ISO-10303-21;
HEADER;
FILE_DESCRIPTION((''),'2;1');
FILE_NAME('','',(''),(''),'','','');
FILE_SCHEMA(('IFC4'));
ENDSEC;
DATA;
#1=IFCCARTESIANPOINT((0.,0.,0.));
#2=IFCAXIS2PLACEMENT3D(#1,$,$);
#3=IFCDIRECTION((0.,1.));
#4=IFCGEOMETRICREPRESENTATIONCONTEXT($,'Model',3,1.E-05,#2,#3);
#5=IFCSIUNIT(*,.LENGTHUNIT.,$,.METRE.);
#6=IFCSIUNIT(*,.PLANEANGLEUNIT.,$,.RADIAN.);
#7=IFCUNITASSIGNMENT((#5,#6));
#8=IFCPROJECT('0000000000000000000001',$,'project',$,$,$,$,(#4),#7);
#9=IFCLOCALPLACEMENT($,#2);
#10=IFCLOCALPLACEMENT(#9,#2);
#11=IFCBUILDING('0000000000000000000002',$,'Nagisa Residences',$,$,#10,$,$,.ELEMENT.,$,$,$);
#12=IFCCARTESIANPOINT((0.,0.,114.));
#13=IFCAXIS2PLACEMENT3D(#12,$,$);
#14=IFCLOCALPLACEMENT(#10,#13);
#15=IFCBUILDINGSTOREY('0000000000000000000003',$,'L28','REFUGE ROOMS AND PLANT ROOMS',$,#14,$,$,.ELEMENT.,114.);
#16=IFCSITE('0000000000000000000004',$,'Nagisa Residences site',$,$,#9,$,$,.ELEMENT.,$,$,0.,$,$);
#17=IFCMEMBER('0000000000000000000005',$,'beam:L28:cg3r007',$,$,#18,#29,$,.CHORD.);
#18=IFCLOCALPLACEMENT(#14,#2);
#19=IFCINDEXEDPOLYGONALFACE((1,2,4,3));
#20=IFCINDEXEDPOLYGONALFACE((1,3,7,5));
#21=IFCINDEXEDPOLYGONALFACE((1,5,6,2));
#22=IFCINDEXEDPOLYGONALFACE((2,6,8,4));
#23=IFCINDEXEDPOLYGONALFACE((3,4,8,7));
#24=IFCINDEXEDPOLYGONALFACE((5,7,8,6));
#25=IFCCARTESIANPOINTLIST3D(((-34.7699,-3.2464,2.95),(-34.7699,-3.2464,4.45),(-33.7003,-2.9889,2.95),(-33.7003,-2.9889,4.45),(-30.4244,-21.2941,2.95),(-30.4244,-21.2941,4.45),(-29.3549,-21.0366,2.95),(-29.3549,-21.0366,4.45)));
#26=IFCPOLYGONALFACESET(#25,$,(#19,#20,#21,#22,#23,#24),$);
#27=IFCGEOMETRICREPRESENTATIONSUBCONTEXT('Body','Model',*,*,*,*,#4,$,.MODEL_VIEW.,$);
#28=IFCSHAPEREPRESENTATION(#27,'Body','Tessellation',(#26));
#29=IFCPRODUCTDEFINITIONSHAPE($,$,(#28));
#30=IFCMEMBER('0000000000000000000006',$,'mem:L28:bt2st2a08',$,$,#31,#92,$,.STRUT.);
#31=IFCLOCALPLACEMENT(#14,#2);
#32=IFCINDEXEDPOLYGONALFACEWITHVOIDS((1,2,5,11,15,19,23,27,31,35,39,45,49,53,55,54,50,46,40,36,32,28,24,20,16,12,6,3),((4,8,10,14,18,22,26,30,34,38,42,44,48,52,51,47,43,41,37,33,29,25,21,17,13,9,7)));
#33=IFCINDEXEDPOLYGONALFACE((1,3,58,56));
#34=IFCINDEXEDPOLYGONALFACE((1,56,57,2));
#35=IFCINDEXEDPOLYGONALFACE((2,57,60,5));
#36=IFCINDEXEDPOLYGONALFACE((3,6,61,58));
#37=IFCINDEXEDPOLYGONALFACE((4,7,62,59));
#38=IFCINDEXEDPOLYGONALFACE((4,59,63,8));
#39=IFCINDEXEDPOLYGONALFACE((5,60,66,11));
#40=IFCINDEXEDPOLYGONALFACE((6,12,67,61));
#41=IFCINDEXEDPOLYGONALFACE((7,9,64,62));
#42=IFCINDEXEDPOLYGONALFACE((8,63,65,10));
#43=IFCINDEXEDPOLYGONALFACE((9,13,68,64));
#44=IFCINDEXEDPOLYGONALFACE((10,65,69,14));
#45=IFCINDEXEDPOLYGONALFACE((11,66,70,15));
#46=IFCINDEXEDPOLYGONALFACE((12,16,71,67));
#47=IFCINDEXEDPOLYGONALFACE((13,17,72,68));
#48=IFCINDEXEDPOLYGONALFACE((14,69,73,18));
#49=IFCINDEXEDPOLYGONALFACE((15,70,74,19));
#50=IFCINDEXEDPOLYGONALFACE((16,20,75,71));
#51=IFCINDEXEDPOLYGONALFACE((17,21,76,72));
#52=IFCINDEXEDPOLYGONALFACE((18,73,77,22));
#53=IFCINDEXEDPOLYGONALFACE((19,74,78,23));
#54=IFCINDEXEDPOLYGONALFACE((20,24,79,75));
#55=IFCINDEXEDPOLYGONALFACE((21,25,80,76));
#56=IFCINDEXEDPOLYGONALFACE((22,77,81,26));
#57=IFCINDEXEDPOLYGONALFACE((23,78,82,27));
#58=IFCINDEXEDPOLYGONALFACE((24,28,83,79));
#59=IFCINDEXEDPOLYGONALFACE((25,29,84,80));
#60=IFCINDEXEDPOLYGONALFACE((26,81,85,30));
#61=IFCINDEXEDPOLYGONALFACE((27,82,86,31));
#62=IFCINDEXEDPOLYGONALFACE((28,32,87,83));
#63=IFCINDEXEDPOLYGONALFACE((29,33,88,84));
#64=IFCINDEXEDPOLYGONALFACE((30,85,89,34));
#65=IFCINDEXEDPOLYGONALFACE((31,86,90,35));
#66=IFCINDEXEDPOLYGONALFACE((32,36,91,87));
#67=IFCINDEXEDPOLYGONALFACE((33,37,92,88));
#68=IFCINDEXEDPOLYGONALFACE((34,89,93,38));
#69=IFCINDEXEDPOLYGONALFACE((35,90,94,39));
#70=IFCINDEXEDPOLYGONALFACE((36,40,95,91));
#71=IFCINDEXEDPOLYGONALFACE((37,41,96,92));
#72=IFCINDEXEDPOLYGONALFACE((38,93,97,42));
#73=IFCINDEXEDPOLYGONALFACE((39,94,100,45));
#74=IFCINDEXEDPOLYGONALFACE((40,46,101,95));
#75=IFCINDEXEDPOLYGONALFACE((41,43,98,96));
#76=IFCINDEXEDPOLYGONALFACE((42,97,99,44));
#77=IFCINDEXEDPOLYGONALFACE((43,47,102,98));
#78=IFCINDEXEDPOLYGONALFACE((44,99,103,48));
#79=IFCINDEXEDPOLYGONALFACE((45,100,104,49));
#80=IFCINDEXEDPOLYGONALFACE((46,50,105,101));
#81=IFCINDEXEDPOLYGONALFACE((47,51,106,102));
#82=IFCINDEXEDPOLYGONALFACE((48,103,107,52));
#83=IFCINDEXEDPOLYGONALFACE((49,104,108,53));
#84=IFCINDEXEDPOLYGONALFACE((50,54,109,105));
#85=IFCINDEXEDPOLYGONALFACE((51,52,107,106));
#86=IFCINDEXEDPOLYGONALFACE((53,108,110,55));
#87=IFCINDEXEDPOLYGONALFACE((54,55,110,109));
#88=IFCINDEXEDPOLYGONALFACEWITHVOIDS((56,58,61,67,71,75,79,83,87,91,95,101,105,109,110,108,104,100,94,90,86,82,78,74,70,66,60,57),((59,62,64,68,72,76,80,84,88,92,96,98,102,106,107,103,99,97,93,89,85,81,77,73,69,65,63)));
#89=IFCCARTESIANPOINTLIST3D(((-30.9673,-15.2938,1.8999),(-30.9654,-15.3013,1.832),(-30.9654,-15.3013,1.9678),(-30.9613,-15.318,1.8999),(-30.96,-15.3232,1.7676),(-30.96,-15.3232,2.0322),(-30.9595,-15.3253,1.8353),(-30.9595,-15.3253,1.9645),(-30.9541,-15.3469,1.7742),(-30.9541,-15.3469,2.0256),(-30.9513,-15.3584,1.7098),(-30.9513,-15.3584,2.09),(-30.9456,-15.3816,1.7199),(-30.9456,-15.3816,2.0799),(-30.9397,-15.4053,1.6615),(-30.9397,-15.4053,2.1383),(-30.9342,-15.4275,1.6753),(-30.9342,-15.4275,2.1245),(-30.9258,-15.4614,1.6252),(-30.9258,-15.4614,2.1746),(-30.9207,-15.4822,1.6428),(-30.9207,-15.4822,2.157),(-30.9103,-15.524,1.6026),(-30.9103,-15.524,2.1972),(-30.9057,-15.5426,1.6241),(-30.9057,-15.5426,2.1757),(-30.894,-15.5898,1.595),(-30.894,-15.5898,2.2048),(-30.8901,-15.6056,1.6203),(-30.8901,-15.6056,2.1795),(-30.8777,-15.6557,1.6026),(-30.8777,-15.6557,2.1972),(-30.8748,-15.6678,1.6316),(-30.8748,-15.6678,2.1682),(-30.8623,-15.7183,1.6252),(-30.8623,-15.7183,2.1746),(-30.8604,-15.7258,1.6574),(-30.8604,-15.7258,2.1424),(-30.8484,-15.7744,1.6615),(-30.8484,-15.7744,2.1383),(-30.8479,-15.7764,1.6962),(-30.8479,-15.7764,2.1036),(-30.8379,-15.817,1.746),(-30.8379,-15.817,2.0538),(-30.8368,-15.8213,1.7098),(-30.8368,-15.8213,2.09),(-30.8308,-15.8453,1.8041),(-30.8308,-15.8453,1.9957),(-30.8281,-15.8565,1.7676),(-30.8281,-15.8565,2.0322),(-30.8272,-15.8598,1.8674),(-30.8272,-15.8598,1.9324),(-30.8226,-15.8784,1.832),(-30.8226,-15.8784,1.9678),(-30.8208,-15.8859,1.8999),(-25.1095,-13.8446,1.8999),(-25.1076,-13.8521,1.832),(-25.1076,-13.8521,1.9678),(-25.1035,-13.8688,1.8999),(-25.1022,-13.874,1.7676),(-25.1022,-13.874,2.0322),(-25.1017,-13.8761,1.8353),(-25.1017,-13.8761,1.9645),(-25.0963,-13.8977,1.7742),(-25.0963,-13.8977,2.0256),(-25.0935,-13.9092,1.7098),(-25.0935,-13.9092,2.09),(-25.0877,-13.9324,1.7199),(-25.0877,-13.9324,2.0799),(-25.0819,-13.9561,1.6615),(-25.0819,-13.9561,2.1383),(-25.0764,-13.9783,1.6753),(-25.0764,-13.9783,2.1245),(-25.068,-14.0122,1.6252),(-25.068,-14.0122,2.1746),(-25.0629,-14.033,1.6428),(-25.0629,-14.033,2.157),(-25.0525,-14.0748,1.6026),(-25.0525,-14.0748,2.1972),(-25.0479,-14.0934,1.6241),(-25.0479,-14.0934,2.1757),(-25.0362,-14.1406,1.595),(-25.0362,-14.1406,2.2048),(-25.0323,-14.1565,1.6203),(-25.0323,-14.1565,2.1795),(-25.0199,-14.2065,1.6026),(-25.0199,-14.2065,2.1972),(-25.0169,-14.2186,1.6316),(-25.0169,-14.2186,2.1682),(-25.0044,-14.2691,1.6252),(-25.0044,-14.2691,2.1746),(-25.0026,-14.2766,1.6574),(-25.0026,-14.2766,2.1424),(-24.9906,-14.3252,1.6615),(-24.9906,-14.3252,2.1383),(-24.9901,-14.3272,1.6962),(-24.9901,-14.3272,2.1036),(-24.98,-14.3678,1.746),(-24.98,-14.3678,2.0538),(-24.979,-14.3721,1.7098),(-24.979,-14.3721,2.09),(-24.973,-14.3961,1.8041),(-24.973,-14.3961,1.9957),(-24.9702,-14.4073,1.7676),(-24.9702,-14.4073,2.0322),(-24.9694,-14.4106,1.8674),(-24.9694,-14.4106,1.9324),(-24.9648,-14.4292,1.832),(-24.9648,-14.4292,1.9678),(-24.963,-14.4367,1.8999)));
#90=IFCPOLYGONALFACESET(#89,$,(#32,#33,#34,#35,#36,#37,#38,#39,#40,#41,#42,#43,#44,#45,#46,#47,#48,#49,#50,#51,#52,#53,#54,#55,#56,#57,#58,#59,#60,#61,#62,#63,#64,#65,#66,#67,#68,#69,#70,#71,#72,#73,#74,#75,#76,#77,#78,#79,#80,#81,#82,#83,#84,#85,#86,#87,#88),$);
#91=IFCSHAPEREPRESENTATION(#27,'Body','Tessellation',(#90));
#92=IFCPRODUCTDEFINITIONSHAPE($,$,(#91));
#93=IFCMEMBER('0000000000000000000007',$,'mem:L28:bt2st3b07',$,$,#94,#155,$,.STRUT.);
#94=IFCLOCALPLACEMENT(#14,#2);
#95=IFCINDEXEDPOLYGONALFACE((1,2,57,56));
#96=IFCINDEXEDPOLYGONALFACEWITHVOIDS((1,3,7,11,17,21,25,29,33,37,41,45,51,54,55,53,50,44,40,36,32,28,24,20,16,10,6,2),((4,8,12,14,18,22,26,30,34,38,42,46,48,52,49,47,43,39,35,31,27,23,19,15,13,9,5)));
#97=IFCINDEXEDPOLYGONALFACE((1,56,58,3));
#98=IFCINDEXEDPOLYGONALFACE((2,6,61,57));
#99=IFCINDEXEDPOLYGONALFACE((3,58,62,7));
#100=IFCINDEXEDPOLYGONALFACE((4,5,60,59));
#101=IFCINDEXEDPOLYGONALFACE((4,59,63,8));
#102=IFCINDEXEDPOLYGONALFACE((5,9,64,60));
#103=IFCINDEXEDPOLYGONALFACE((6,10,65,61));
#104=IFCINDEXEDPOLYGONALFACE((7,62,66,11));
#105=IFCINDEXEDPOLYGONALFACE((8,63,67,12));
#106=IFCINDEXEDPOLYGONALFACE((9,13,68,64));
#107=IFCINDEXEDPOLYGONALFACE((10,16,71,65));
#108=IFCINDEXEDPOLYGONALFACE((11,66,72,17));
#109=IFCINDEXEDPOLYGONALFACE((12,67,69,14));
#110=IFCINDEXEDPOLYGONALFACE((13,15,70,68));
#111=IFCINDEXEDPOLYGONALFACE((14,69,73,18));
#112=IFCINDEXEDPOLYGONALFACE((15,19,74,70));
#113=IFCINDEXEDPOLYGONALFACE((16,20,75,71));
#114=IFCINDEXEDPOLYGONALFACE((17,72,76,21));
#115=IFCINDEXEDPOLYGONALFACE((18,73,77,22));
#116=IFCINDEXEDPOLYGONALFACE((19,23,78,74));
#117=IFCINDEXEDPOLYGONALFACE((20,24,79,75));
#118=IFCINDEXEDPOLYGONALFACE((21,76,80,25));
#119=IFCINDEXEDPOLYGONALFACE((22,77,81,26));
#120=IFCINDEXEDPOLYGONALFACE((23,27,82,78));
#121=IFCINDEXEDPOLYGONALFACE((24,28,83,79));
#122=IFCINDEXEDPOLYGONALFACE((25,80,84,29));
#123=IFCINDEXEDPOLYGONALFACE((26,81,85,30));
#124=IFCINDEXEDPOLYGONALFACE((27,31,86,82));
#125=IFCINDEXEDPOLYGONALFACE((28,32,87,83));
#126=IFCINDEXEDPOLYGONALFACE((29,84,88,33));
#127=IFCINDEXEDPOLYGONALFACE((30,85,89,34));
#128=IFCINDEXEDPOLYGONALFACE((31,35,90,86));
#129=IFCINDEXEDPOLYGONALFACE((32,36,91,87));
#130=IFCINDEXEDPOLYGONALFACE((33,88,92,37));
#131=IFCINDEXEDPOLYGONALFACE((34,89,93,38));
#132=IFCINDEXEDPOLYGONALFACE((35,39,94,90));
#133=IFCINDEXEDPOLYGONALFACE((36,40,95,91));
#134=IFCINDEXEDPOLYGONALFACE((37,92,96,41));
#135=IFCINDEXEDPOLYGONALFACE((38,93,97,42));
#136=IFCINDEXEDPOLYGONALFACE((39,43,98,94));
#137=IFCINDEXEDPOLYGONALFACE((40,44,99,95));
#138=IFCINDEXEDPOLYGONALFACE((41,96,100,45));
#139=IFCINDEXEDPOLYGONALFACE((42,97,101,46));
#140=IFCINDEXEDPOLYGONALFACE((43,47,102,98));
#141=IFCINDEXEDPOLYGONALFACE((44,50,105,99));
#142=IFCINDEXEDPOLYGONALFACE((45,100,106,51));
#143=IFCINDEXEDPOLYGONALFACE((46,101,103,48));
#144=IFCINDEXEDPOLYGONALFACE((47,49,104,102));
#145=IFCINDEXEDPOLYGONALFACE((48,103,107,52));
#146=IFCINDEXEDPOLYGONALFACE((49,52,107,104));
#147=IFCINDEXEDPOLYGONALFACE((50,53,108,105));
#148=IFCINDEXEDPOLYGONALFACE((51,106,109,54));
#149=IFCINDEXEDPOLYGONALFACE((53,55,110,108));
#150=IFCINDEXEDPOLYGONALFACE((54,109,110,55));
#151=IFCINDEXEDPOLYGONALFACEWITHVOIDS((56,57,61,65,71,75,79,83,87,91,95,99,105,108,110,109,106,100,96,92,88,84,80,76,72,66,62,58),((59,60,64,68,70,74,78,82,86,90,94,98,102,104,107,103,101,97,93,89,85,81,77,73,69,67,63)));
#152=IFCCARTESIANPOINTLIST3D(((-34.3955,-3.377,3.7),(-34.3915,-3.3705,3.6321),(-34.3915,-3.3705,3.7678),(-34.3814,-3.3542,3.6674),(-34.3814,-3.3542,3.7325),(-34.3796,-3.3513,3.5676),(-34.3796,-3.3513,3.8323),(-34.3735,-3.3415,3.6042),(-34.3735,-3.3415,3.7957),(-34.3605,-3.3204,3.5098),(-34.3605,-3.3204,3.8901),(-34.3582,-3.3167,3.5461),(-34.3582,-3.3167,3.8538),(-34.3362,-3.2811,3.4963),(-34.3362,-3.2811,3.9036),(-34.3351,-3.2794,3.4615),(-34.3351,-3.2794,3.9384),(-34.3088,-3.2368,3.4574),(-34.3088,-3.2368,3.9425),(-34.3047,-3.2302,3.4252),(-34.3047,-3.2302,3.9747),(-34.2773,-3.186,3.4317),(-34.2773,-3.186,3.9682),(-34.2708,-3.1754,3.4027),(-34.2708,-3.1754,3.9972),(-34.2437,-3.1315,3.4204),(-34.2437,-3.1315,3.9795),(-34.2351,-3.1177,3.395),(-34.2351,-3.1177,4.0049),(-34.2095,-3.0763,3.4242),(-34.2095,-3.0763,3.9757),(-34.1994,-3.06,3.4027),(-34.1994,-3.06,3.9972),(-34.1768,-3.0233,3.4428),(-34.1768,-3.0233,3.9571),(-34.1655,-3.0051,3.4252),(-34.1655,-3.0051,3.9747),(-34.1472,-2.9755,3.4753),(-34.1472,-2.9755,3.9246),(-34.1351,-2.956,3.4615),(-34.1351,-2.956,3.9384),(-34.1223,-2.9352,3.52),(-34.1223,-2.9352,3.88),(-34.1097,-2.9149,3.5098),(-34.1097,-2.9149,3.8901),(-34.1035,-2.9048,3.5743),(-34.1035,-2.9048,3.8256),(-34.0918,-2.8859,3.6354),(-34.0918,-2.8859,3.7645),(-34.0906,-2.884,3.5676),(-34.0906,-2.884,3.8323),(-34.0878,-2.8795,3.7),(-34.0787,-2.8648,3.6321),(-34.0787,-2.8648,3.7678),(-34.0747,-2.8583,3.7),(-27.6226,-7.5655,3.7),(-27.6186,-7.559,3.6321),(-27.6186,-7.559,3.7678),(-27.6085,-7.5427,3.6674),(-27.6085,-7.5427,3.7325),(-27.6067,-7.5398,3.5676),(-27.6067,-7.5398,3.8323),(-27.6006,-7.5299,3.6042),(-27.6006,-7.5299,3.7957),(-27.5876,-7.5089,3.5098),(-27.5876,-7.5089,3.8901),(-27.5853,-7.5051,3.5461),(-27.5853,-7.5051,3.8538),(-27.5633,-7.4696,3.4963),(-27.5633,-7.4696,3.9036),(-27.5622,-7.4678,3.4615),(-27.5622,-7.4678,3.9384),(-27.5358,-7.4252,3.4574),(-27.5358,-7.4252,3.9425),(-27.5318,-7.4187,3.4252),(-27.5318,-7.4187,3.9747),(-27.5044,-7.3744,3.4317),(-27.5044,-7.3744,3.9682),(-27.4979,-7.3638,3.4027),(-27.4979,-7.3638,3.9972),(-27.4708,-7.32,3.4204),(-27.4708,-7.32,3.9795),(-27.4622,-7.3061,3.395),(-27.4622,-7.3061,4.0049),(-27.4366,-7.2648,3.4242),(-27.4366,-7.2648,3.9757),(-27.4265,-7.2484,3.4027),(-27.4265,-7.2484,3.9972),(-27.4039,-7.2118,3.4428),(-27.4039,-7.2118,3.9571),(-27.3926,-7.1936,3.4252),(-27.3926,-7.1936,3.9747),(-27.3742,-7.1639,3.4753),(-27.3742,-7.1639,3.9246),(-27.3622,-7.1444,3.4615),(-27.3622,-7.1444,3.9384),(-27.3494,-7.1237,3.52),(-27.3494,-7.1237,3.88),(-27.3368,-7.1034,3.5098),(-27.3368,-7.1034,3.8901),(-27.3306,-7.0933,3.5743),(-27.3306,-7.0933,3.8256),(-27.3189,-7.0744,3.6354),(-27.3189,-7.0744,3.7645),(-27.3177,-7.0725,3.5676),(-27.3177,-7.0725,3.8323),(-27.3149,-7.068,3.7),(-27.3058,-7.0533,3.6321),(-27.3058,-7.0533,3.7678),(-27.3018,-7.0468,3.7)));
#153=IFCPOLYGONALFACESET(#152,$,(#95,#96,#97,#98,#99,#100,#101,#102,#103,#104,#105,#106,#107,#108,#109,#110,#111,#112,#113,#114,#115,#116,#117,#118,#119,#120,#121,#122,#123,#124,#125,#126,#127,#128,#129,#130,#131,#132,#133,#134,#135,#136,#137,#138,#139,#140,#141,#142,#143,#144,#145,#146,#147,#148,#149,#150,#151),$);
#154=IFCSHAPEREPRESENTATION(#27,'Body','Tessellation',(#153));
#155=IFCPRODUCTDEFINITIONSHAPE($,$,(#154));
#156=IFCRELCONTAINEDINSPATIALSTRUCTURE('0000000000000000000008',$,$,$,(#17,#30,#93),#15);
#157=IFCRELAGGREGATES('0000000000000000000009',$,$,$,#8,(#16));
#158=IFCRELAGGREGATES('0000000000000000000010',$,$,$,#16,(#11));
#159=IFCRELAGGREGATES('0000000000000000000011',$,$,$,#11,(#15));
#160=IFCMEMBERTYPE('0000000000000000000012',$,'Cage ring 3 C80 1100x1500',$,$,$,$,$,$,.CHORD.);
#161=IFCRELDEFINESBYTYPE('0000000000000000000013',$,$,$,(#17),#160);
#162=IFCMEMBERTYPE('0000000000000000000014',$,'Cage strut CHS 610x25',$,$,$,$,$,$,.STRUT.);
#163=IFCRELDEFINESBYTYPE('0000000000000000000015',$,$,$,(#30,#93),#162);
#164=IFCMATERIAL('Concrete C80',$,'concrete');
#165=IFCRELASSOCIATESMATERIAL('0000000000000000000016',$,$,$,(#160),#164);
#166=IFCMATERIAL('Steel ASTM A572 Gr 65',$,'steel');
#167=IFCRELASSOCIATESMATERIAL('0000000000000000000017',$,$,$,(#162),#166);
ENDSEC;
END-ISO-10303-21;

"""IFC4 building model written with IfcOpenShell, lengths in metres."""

from ifc_helpers import new_model, si_unit, direction, frame, origin, origin_2d, place, context, subcontext, project, spatial, rectangle, hollow_circle, extrude, material, material_profile, profile_set, type_object, element, save


model = new_model("IFC4")

# Units and contexts
model_context = context("Model", 3, precision=1e-05, world=origin(), true_north=direction((0.0, 1.0)))
body_context = subcontext(model_context, "Body", "Model", "MODEL_VIEW")
ifc_project = project(units=[si_unit("LENGTHUNIT", "METRE"), si_unit("PLANEANGLEUNIT", "RADIAN")], contexts=[model_context])

# Site, building, storey
site_placement = place(None, origin())
site = spatial("IfcSite", under=ifc_project, at=site_placement, Name="Nagisa Residences site", CompositionType="ELEMENT", RefElevation=0.0)
building_placement = place(site_placement, origin())
building = spatial("IfcBuilding", under=site, at=building_placement, Name="Nagisa Residences", CompositionType="ELEMENT")
storey_placement = place(building_placement, frame((0.0, 0.0, 114.0)))
storey = spatial("IfcBuildingStorey", under=building, at=storey_placement, Name="L28", Description="REFUGE ROOMS AND PLANT ROOMS", CompositionType="ELEMENT", Elevation=114.0)

# Members
ifc_material_1 = material(Name="Concrete C80", Category="concrete")
ifc_material_profile_1 = material_profile(ifc_material_1, rectangle(XDim=1.1001, YDim=1.5, at=origin_2d()), Name="C80 1100x1500")
ifc_profile_set_1 = profile_set([ifc_material_profile_1], Name="Concrete C80")
member_type_1 = type_object("IfcMemberType", Name="Cage ring 3 C80 1100x1500", PredefinedType="CHORD", material=ifc_profile_set_1)
member_1_placement = place(storey_placement, frame((-34.2351, -3.1177, 3.7), z_axis=(0.234088, -0.972215, 0.0), x_axis=(0.972215, 0.234088, 0.0)))
element("IfcMember", 1, at=member_1_placement, inside=storey, type_object=member_type_1, Name="beam:L28:cg3r007", PredefinedType="CHORD", context=body_context, shape_type="SweptSolid", body=[
    extrude(rectangle(XDim=1.1001, YDim=1.5, at=origin_2d()), origin(), (0.0, 0.0, 1.0), 18.5635),
])
ifc_material_2 = material(Name="Steel ASTM A572 Gr 65", Category="steel")
ifc_material_profile_2 = material_profile(ifc_material_2, hollow_circle(Radius=0.3049, WallThickness=0.0249, at=origin_2d()), Name="CHS 610x25")
ifc_profile_set_2 = profile_set([ifc_material_profile_2], Name="Steel ASTM A572 Gr 65")
member_type_2 = type_object("IfcMemberType", Name="Cage strut CHS 610x25", PredefinedType="STRUT", material=ifc_profile_set_2)
member_2_placement = place(storey_placement, frame((-30.894, -15.5898, 1.8999), z_axis=(0.970735, 0.240155, 0.0), x_axis=(-0.240155, 0.970735, 0.0)))
element("IfcMember", 2, at=member_2_placement, inside=storey, type_object=member_type_2, Name="mem:L28:bt2st2a08", PredefinedType="STRUT", context=body_context, shape_type="SweptSolid", body=[
    extrude(hollow_circle(Radius=0.3049, WallThickness=0.0249, at=origin_2d()), origin(), (0.0, 0.0, 1.0), 6.0344),
])
member_3_placement = place(storey_placement, frame((-34.2351, -3.1177, 3.7), z_axis=(0.850507, -0.525964, 0.0), x_axis=(0.525964, 0.850507, 0.0)))
element("IfcMember", 3, at=member_3_placement, inside=storey, type_object=member_type_2, Name="mem:L28:bt2st3b07", PredefinedType="STRUT", context=body_context, shape_type="SweptSolid", body=[
    extrude(hollow_circle(Radius=0.3049, WallThickness=0.0249, at=origin_2d()), origin(), (0.0, 0.0, 1.0), 7.9634),
])

save(model, "model.ifc")
